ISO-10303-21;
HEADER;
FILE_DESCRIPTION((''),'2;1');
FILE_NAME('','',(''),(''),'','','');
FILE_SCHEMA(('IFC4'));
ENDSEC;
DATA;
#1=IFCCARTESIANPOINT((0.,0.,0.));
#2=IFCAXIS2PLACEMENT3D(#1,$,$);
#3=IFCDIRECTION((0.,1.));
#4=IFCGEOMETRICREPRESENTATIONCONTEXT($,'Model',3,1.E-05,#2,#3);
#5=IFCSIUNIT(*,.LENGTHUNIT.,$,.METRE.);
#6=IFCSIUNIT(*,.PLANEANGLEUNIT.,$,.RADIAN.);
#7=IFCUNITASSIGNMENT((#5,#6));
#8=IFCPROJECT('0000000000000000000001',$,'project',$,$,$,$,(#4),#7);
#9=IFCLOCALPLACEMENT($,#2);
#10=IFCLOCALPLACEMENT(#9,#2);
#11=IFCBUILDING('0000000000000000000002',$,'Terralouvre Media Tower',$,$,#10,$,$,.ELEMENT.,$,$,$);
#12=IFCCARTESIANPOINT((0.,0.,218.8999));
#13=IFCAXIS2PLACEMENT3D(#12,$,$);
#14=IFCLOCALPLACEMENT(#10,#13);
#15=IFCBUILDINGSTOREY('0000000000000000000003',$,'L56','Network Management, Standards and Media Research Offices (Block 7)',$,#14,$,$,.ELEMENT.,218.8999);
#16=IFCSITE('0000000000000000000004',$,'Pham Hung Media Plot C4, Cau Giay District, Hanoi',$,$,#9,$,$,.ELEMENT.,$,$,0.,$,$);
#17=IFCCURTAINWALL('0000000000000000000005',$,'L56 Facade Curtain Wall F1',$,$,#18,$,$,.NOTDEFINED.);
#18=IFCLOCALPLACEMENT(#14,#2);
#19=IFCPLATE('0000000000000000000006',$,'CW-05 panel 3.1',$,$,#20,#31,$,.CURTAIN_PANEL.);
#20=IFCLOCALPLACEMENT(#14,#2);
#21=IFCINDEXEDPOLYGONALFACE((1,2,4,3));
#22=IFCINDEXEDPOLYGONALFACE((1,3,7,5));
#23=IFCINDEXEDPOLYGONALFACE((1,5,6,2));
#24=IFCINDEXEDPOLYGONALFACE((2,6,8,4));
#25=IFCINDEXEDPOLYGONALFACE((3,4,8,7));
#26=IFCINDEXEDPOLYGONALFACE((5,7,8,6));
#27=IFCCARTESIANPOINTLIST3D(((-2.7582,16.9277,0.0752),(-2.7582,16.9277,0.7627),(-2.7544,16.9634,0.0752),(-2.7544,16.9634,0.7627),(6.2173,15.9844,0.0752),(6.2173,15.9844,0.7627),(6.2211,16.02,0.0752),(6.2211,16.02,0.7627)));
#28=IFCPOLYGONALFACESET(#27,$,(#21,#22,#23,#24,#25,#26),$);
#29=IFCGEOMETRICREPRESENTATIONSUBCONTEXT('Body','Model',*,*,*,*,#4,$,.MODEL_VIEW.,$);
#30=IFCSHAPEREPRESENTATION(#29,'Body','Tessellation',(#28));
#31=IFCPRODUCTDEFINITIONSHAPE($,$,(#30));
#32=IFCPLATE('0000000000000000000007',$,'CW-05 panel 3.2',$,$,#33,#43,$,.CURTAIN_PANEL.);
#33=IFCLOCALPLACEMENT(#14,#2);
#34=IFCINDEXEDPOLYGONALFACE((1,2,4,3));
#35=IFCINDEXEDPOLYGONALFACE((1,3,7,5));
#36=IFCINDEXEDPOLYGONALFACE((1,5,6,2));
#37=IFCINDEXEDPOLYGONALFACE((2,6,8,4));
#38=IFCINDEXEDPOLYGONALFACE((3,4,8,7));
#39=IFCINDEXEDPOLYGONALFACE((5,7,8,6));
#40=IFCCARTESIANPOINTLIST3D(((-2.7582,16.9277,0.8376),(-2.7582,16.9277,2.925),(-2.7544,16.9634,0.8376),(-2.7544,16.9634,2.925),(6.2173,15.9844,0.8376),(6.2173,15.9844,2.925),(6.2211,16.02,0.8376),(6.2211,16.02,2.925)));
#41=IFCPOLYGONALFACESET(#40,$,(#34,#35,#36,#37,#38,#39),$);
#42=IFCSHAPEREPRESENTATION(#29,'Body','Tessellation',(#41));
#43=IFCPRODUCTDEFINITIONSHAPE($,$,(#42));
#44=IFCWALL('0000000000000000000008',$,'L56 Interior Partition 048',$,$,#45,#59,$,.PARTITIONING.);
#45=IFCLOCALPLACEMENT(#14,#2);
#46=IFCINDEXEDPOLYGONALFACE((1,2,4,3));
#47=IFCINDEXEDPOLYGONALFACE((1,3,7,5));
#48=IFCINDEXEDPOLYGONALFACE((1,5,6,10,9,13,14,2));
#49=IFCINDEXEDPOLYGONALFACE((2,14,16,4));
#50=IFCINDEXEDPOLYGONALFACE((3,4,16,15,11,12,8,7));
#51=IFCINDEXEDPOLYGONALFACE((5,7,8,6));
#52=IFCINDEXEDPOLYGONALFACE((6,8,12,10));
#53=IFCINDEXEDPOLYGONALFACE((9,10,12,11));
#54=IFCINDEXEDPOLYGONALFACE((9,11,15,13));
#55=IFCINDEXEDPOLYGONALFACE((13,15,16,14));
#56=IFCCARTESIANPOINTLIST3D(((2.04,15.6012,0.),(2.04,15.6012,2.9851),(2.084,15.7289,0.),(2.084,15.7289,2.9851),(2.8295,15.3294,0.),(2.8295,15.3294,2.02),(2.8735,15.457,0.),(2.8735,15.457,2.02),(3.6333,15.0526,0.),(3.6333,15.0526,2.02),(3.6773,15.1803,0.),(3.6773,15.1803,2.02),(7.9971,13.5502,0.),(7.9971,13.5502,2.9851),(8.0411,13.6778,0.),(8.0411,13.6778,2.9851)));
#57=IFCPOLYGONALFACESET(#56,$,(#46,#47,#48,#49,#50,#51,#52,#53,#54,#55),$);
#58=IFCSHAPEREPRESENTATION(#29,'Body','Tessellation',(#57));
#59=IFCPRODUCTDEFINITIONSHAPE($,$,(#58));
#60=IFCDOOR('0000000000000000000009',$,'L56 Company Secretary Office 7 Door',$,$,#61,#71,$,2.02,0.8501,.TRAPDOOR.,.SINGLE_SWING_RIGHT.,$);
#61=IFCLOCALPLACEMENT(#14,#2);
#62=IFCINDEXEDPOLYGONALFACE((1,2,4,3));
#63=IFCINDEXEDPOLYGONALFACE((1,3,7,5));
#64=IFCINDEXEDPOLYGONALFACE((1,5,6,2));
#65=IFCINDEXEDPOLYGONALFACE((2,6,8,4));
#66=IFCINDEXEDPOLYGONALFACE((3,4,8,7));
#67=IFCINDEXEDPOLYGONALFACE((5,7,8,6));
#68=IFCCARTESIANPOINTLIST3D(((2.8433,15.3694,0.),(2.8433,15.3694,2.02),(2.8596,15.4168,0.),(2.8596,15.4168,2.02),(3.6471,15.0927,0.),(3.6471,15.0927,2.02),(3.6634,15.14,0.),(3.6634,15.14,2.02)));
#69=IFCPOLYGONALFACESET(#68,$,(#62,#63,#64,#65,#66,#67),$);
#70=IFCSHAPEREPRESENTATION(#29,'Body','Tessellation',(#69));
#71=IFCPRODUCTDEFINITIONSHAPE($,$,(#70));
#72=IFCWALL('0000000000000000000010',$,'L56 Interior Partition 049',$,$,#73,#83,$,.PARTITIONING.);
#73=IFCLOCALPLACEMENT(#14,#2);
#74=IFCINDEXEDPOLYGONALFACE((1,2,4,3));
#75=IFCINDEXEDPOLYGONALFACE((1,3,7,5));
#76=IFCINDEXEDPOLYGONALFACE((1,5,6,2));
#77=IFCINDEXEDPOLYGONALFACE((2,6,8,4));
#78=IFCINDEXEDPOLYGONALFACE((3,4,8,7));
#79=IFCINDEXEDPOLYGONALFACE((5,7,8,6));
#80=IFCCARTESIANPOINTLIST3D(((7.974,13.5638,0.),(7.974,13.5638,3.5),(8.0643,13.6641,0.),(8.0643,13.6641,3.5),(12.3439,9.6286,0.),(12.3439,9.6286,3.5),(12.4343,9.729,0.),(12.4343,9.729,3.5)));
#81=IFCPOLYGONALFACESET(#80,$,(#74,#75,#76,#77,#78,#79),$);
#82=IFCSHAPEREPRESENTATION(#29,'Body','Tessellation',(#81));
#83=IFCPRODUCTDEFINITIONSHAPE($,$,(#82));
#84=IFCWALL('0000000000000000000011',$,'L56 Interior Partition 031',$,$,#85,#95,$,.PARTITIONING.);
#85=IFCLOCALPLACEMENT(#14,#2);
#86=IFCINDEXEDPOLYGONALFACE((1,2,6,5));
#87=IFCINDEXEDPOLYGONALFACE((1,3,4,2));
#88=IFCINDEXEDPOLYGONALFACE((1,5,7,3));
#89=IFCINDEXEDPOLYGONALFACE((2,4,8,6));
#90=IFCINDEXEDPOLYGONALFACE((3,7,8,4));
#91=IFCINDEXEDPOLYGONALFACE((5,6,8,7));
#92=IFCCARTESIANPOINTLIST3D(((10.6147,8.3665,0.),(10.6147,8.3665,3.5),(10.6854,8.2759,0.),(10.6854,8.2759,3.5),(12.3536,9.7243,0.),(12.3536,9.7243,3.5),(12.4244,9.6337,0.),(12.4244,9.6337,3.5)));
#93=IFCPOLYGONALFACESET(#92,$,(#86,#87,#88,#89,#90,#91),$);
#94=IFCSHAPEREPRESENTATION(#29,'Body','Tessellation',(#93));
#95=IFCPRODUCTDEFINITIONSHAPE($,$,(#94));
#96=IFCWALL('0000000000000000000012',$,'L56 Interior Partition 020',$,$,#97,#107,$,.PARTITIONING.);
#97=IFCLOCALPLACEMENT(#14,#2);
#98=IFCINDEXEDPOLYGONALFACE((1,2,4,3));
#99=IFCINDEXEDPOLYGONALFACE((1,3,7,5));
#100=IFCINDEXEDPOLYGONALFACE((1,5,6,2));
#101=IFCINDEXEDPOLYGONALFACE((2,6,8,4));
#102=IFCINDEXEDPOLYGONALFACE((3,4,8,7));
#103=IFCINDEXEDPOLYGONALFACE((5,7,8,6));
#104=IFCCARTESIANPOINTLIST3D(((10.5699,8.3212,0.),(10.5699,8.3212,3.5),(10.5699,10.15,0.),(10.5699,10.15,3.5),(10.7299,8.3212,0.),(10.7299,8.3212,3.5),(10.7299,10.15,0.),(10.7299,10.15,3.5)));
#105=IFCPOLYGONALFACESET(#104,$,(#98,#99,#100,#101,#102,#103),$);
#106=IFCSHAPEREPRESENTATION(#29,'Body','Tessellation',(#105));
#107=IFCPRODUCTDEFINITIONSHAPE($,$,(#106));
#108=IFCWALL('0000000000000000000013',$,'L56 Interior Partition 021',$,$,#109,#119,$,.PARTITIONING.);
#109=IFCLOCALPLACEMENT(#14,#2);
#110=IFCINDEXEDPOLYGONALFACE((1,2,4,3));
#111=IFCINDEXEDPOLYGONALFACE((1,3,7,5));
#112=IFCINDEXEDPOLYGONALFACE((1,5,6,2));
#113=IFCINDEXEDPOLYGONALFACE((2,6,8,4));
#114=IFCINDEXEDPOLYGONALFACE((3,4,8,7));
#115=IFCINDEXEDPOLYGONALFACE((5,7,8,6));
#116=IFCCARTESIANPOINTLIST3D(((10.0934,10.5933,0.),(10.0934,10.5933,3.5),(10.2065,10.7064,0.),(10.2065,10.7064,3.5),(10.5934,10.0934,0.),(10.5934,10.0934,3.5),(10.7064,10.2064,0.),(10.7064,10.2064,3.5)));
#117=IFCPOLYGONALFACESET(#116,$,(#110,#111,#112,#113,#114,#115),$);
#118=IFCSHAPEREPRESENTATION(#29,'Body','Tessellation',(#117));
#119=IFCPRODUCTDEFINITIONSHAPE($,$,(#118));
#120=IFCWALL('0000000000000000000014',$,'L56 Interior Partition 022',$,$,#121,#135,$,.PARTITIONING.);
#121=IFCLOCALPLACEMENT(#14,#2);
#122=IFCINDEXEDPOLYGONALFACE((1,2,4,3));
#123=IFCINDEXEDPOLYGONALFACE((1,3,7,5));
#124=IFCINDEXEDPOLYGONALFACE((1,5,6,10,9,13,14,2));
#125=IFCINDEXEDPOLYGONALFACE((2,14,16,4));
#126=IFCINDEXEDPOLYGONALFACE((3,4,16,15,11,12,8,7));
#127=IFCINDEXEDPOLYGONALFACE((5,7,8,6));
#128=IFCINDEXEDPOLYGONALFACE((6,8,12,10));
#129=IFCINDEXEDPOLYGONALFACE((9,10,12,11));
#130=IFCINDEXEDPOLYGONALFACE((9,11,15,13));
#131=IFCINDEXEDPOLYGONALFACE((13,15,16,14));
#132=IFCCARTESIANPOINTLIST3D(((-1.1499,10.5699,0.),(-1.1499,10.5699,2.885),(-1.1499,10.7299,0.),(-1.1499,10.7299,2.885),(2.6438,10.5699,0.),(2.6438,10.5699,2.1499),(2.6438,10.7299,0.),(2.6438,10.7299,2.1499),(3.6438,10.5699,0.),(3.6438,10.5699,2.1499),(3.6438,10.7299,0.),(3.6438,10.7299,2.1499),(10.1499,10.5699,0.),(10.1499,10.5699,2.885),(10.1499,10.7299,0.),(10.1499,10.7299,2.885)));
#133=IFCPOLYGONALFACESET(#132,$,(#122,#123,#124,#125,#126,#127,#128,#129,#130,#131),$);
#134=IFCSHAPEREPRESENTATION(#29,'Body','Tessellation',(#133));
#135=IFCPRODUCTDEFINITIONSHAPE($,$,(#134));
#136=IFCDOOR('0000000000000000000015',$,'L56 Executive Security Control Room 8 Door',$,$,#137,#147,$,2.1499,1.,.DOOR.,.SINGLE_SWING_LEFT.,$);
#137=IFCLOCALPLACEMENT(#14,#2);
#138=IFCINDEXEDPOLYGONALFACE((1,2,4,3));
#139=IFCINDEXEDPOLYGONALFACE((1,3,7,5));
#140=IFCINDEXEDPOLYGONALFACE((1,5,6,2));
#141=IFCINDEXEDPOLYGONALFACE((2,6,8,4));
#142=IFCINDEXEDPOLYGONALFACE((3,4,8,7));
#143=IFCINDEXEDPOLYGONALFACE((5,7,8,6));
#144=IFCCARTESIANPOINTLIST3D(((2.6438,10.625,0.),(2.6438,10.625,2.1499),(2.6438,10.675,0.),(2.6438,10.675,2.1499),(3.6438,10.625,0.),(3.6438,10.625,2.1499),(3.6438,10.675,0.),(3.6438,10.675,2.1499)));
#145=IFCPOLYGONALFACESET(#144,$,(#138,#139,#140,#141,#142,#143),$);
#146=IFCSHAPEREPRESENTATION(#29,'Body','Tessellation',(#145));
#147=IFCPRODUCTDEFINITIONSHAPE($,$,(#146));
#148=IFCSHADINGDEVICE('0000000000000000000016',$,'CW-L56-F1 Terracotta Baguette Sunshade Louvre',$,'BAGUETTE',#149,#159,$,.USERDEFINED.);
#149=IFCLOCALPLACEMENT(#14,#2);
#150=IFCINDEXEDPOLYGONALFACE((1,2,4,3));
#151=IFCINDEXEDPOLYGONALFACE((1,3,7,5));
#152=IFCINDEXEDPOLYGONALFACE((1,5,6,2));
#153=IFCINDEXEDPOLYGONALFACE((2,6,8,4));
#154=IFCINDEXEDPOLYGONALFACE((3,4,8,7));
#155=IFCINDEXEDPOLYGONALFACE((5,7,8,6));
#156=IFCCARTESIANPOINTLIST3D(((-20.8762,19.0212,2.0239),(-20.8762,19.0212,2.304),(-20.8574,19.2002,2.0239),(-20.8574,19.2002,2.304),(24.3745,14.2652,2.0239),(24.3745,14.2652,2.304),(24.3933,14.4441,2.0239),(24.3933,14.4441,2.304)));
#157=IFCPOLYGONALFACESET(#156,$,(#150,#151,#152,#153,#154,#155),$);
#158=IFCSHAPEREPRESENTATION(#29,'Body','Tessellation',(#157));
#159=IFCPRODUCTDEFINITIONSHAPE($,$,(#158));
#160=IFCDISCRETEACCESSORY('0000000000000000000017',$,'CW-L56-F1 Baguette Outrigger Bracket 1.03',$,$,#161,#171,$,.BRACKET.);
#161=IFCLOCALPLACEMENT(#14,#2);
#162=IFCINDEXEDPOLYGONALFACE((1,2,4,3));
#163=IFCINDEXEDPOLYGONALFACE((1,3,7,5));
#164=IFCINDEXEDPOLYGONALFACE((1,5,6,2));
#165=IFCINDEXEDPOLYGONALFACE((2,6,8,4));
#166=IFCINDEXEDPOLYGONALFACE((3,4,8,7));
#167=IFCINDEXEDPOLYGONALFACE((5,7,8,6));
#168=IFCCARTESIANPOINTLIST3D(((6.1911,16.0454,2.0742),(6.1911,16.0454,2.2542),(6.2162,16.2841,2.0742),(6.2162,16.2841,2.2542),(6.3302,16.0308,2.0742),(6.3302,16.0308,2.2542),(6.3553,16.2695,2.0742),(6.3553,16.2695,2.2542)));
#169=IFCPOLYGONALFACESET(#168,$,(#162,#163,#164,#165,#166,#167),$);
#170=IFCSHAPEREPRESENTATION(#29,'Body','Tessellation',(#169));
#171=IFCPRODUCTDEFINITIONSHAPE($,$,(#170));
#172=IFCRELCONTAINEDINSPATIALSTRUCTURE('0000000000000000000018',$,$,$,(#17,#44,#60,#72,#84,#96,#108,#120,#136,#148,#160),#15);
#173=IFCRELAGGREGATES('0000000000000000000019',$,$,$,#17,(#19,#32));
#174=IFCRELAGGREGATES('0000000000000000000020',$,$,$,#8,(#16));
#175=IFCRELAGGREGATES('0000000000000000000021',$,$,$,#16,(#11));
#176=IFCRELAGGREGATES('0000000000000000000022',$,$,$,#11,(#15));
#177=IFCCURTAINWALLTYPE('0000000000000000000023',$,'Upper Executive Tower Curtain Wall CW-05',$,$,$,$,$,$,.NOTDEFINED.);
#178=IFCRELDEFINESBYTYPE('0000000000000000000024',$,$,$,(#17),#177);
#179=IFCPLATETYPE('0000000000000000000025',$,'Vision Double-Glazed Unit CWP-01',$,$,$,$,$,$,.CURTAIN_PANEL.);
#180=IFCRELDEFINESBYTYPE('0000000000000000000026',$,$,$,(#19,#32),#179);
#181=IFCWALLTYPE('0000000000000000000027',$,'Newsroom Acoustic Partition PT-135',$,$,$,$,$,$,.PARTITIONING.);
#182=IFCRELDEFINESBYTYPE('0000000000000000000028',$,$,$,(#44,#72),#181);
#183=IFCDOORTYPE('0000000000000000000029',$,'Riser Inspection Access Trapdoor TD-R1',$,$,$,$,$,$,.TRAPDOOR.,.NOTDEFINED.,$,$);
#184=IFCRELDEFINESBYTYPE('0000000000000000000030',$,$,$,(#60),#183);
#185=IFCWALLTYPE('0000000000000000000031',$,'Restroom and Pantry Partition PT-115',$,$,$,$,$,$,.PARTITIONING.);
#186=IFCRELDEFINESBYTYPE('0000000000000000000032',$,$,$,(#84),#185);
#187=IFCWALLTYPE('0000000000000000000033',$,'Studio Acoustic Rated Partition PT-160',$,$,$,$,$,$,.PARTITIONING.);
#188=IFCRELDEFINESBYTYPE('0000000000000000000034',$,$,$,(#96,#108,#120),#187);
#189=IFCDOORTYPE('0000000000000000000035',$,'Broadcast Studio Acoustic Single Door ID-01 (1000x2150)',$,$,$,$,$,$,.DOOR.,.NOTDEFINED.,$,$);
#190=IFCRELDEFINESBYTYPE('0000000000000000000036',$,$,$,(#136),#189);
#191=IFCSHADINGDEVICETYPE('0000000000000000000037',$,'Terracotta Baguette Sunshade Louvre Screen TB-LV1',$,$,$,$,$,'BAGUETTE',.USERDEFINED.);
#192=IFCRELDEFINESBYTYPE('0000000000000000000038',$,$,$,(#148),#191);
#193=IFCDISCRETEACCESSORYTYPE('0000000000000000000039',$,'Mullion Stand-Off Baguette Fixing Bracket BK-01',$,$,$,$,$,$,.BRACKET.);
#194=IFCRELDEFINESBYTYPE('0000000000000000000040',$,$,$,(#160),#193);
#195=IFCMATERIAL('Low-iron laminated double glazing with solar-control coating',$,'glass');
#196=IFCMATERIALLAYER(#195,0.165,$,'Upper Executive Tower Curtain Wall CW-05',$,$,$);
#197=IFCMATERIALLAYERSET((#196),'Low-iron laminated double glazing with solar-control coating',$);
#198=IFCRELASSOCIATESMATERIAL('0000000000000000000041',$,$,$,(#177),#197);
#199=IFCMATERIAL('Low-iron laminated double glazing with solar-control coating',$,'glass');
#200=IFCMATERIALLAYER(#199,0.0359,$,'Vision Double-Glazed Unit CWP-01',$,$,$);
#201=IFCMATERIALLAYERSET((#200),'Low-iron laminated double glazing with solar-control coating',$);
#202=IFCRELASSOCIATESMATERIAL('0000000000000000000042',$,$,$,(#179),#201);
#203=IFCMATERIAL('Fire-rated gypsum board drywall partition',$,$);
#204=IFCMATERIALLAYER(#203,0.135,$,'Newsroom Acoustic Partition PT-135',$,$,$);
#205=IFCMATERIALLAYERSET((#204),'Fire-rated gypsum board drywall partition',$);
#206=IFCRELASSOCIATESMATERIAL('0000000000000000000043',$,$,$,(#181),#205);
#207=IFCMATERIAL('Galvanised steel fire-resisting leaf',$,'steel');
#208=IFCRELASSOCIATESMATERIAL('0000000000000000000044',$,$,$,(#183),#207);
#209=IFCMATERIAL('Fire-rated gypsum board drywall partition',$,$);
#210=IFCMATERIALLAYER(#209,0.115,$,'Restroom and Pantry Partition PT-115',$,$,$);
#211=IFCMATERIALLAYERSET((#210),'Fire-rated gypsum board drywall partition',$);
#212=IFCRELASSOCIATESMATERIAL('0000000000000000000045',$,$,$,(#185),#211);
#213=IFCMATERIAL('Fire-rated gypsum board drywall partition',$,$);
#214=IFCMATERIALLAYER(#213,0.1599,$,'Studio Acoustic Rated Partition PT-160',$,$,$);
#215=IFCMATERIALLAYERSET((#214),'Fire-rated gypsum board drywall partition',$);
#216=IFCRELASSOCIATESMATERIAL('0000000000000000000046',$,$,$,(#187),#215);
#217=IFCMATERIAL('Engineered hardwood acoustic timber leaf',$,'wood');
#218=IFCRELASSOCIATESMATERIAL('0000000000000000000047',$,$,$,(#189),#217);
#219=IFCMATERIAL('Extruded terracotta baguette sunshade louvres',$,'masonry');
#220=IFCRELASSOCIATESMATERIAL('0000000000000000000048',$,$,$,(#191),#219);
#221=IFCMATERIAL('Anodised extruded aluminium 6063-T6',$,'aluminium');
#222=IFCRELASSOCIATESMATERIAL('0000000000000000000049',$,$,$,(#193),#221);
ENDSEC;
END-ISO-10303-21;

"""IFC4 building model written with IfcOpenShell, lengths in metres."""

from ifc_helpers import new_model, si_unit, direction, frame, frame_2d, origin, origin_2d, place, context, subcontext, project, spatial, rectangle, extrude, material, layer, layer_set, type_object, element, fill, aggregate, save


model = new_model("IFC4")

# Units and contexts
model_context = context("Model", 3, precision=1e-05, world=origin(), true_north=direction((0.0, 1.0)))
body_context = subcontext(model_context, "Body", "Model", "MODEL_VIEW")
ifc_project = project(units=[si_unit("LENGTHUNIT", "METRE"), si_unit("PLANEANGLEUNIT", "RADIAN")], contexts=[model_context])

# Site, building, storey
site_placement = place(None, origin())
site = spatial("IfcSite", under=ifc_project, at=site_placement, Name="Pham Hung Media Plot C4, Cau Giay District, Hanoi", CompositionType="ELEMENT", RefElevation=0.0)
building_placement = place(site_placement, origin())
building = spatial("IfcBuilding", under=site, at=building_placement, Name="Terralouvre Media Tower", CompositionType="ELEMENT")
storey_placement = place(building_placement, frame((0.0, 0.0, 218.8999)))
storey = spatial("IfcBuildingStorey", under=building, at=storey_placement, Name="L56", Description="Network Management, Standards and Media Research Offices (Block 7)", CompositionType="ELEMENT", Elevation=218.8999)

# Curtain wall
ifc_material_1 = material(Name="Low-iron laminated double glazing with solar-control coating", Category="glass")
ifc_layer_1 = layer(ifc_material_1, 0.165, Name="Upper Executive Tower Curtain Wall CW-05")
ifc_layer_set_1 = layer_set([ifc_layer_1], Name="Low-iron laminated double glazing with solar-control coating")
curtain_wall_type = type_object("IfcCurtainWallType", Name="Upper Executive Tower Curtain Wall CW-05", PredefinedType="NOTDEFINED", material=ifc_layer_set_1)
curtain_wall_placement = place(storey_placement, origin())
curtain_wall = element("IfcCurtainWall", 1, at=curtain_wall_placement, inside=storey, type_object=curtain_wall_type, Name="L56 Facade Curtain Wall F1", PredefinedType="NOTDEFINED")

# Plates
ifc_material_2 = material(Name="Low-iron laminated double glazing with solar-control coating", Category="glass")
ifc_layer_2 = layer(ifc_material_2, 0.0359, Name="Vision Double-Glazed Unit CWP-01")
ifc_layer_set_2 = layer_set([ifc_layer_2], Name="Low-iron laminated double glazing with solar-control coating")
plate_type = type_object("IfcPlateType", Name="Vision Double-Glazed Unit CWP-01", PredefinedType="CURTAIN_PANEL", material=ifc_layer_set_2)
plate_1_placement = place(storey_placement, frame((1.7314, 16.4739, 0.0752), z_axis=(0.0, 0.0, 1.0), x_axis=(-0.994522, 0.104529, 0.0)))
plate_1 = element("IfcPlate", 2, at=plate_1_placement, type_object=plate_type, Name="CW-05 panel 3.1", PredefinedType="CURTAIN_PANEL", context=body_context, shape_type="SweptSolid", body=[
    extrude(rectangle(XDim=9.0249, YDim=0.0359, at=origin_2d()), origin(), (0.0, 0.0, 1.0), 0.6875),
])
plate_2_placement = place(storey_placement, frame((1.7314, 16.4739, 0.8376), z_axis=(0.0, 0.0, 1.0), x_axis=(-0.994522, 0.104529, 0.0)))
plate_2 = element("IfcPlate", 3, at=plate_2_placement, type_object=plate_type, Name="CW-05 panel 3.2", PredefinedType="CURTAIN_PANEL", context=body_context, shape_type="SweptSolid", body=[
    extrude(rectangle(XDim=9.0249, YDim=0.0359, at=origin_2d()), origin(), (0.0, 0.0, 1.0), 2.0874),
])
aggregate(curtain_wall, [plate_1, plate_2])

# Wall, opening, door
ifc_material_3 = material(Name="Fire-rated gypsum board drywall partition")
ifc_layer_3 = layer(ifc_material_3, 0.135, Name="Newsroom Acoustic Partition PT-135")
ifc_layer_set_3 = layer_set([ifc_layer_3], Name="Fire-rated gypsum board drywall partition")
wall_type_1 = type_object("IfcWallType", Name="Newsroom Acoustic Partition PT-135", PredefinedType="PARTITIONING", material=ifc_layer_set_3)
wall_1_placement = place(storey_placement, frame((2.062, 15.665, 0.0), z_axis=(0.0, 0.0, 1.0), x_axis=(0.945526, -0.325548, 0.0)))
wall_1 = element("IfcWall", 4, at=wall_1_placement, inside=storey, type_object=wall_type_1, Name="L56 Interior Partition 048", PredefinedType="PARTITIONING", context=body_context, shape_type="SweptSolid", body=[
    extrude(rectangle(XDim=6.3003, YDim=0.135, at=frame_2d((3.1501, 0.0))), origin(), (0.0, 0.0, 1.0), 2.9851),
])
opening_1_placement = place(wall_1_placement, frame((0.835, 0.0, 0.0)))
opening_1 = element("IfcOpeningElement", 5, at=opening_1_placement, cuts=wall_1, PredefinedType="OPENING", context=body_context, shape_type="SweptSolid", body=[
    extrude(rectangle(XDim=0.8501, YDim=2.02, at=frame_2d((0.425, 1.01))), frame((0.0, 0.0774, 0.0), z_axis=(0.0, -1.0, 0.0), x_axis=(1.0, 0.0, 0.0)), (0.0, 0.0, 1.0), 0.155),
])
ifc_material_4 = material(Name="Galvanised steel fire-resisting leaf", Category="steel")
door_type_1 = type_object("IfcDoorType", Name="Riser Inspection Access Trapdoor TD-R1", OperationType="NOTDEFINED", PredefinedType="TRAPDOOR", material=ifc_material_4)
door_1_placement = place(opening_1_placement, origin())
door_1 = element("IfcDoor", 6, at=door_1_placement, inside=storey, type_object=door_type_1, Name="L56 Company Secretary Office 7 Door", OperationType="SINGLE_SWING_RIGHT", OverallHeight=2.02, OverallWidth=0.8501, PredefinedType="TRAPDOOR", context=body_context, shape_type="SweptSolid", body=[
    extrude(rectangle(XDim=0.8501, YDim=2.02, at=frame_2d((0.425, 1.01))), frame((0.0, 0.0249, 0.0), z_axis=(0.0, -1.0, 0.0), x_axis=(1.0, 0.0, 0.0)), (0.0, 0.0, 1.0), 0.05),
])
fill(opening_1, door_1)

# Walls
wall_2_placement = place(storey_placement, frame((8.019, 13.614, 0.0), z_axis=(0.0, 0.0, 1.0), x_axis=(0.74311, -0.669169, 0.0)))
element("IfcWall", 7, at=wall_2_placement, inside=storey, type_object=wall_type_1, Name="L56 Interior Partition 049", PredefinedType="PARTITIONING", context=body_context, shape_type="SweptSolid", body=[
    extrude(rectangle(XDim=5.8806, YDim=0.135, at=frame_2d((2.9404, 0.0))), origin(), (0.0, 0.0, 1.0), 3.5),
])
ifc_material_5 = material(Name="Fire-rated gypsum board drywall partition")
ifc_layer_4 = layer(ifc_material_5, 0.115, Name="Restroom and Pantry Partition PT-115")
ifc_layer_set_4 = layer_set([ifc_layer_4], Name="Fire-rated gypsum board drywall partition")
wall_type_2 = type_object("IfcWallType", Name="Restroom and Pantry Partition PT-115", PredefinedType="PARTITIONING", material=ifc_layer_set_4)
wall_3_placement = place(storey_placement, frame((12.3889, 9.679, 0.0), z_axis=(0.0, 0.0, 1.0), x_axis=(-0.788177, -0.615449, 0.0)))
element("IfcWall", 8, at=wall_3_placement, inside=storey, type_object=wall_type_2, Name="L56 Interior Partition 031", PredefinedType="PARTITIONING", context=body_context, shape_type="SweptSolid", body=[
    extrude(rectangle(XDim=2.2063, YDim=0.115, at=frame_2d((1.103, 0.0))), origin(), (0.0, 0.0, 1.0), 3.5),
])
ifc_material_6 = material(Name="Fire-rated gypsum board drywall partition")
ifc_layer_5 = layer(ifc_material_6, 0.1599, Name="Studio Acoustic Rated Partition PT-160")
ifc_layer_set_5 = layer_set([ifc_layer_5], Name="Fire-rated gypsum board drywall partition")
wall_type_3 = type_object("IfcWallType", Name="Studio Acoustic Rated Partition PT-160", PredefinedType="PARTITIONING", material=ifc_layer_set_5)
wall_4_placement = place(storey_placement, frame((10.6499, 8.321, 0.0), z_axis=(0.0, 0.0, 1.0), x_axis=(0.0, 1.0, 0.0)))
element("IfcWall", 9, at=wall_4_placement, inside=storey, type_object=wall_type_3, Name="L56 Interior Partition 020", PredefinedType="PARTITIONING", context=body_context, shape_type="SweptSolid", body=[
    extrude(rectangle(XDim=1.8289, YDim=0.1599, at=frame_2d((0.9146, 0.0))), origin(), (0.0, 0.0, 1.0), 3.5),
])
wall_5_placement = place(storey_placement, frame((10.6499, 10.1499, 0.0), z_axis=(0.0, 0.0, 1.0), x_axis=(-0.707107, 0.707107, 0.0)))
element("IfcWall", 10, at=wall_5_placement, inside=storey, type_object=wall_type_3, Name="L56 Interior Partition 021", PredefinedType="PARTITIONING", context=body_context, shape_type="SweptSolid", body=[
    extrude(rectangle(XDim=0.707, YDim=0.1599, at=frame_2d((0.3535, 0.0))), origin(), (0.0, 0.0, 1.0), 3.5),
])

# Wall, opening, door
wall_6_placement = place(storey_placement, frame((10.1499, 10.6499, 0.0), z_axis=(0.0, 0.0, 1.0), x_axis=(-1.0, 0.0, 0.0)))
wall_6 = element("IfcWall", 11, at=wall_6_placement, inside=storey, type_object=wall_type_3, Name="L56 Interior Partition 022", PredefinedType="PARTITIONING", context=body_context, shape_type="SweptSolid", body=[
    extrude(rectangle(XDim=11.2998, YDim=0.1599, at=frame_2d((5.6499, 0.0))), origin(), (0.0, 0.0, 1.0), 2.885),
])
opening_2_placement = place(wall_6_placement, frame((6.5061, 0.0, 0.0)))
opening_2 = element("IfcOpeningElement", 12, at=opening_2_placement, cuts=wall_6, PredefinedType="OPENING", context=body_context, shape_type="SweptSolid", body=[
    extrude(rectangle(XDim=1.0, YDim=2.1499, at=frame_2d((0.5, 1.075))), frame((0.0, 0.0898, 0.0), z_axis=(0.0, -1.0, 0.0), x_axis=(1.0, 0.0, 0.0)), (0.0, 0.0, 1.0), 0.1799),
])
ifc_material_7 = material(Name="Engineered hardwood acoustic timber leaf", Category="wood")
door_type_2 = type_object("IfcDoorType", Name="Broadcast Studio Acoustic Single Door ID-01 (1000x2150)", OperationType="NOTDEFINED", PredefinedType="DOOR", material=ifc_material_7)
door_2_placement = place(opening_2_placement, origin())
door_2 = element("IfcDoor", 13, at=door_2_placement, inside=storey, type_object=door_type_2, Name="L56 Executive Security Control Room 8 Door", OperationType="SINGLE_SWING_LEFT", OverallHeight=2.1499, OverallWidth=1.0, PredefinedType="DOOR", context=body_context, shape_type="SweptSolid", body=[
    extrude(rectangle(XDim=1.0, YDim=2.1499, at=frame_2d((0.5, 1.075))), frame((0.0, 0.0249, 0.0), z_axis=(0.0, -1.0, 0.0), x_axis=(1.0, 0.0, 0.0)), (0.0, 0.0, 1.0), 0.05),
])
fill(opening_2, door_2)

# Shading device
ifc_material_8 = material(Name="Extruded terracotta baguette sunshade louvres", Category="masonry")
shading_device_type = type_object("IfcShadingDeviceType", Name="Terracotta Baguette Sunshade Louvre Screen TB-LV1", ElementType="BAGUETTE", PredefinedType="USERDEFINED", material=ifc_material_8)
shading_device_placement = place(storey_placement, frame((1.7585, 16.7327, 2.0239), z_axis=(0.0, 0.0, 1.0), x_axis=(-0.994522, 0.104529, 0.0)))
element("IfcShadingDevice", 14, at=shading_device_placement, inside=storey, type_object=shading_device_type, Name="CW-L56-F1 Terracotta Baguette Sunshade Louvre", ObjectType="BAGUETTE", PredefinedType="USERDEFINED", context=body_context, shape_type="SweptSolid", body=[
    extrude(rectangle(XDim=45.5, YDim=0.1799, at=origin_2d()), origin(), (0.0, 0.0, 1.0), 0.28),
])

# Discrete accessory
ifc_material_9 = material(Name="Anodised extruded aluminium 6063-T6", Category="aluminium")
discrete_accessory_type = type_object("IfcDiscreteAccessoryType", Name="Mullion Stand-Off Baguette Fixing Bracket BK-01", PredefinedType="BRACKET", material=ifc_material_9)
discrete_accessory_placement = place(storey_placement, frame((6.2732, 16.1575, 2.0742), z_axis=(0.0, 0.0, 1.0), x_axis=(-0.994522, 0.104529, 0.0)))
element("IfcDiscreteAccessory", 15, at=discrete_accessory_placement, inside=storey, type_object=discrete_accessory_type, Name="CW-L56-F1 Baguette Outrigger Bracket 1.03", PredefinedType="BRACKET", context=body_context, shape_type="SweptSolid", body=[
    extrude(rectangle(XDim=0.1399, YDim=0.24, at=origin_2d()), origin(), (0.0, 0.0, 1.0), 0.1799),
])

save(model, "model.ifc")
